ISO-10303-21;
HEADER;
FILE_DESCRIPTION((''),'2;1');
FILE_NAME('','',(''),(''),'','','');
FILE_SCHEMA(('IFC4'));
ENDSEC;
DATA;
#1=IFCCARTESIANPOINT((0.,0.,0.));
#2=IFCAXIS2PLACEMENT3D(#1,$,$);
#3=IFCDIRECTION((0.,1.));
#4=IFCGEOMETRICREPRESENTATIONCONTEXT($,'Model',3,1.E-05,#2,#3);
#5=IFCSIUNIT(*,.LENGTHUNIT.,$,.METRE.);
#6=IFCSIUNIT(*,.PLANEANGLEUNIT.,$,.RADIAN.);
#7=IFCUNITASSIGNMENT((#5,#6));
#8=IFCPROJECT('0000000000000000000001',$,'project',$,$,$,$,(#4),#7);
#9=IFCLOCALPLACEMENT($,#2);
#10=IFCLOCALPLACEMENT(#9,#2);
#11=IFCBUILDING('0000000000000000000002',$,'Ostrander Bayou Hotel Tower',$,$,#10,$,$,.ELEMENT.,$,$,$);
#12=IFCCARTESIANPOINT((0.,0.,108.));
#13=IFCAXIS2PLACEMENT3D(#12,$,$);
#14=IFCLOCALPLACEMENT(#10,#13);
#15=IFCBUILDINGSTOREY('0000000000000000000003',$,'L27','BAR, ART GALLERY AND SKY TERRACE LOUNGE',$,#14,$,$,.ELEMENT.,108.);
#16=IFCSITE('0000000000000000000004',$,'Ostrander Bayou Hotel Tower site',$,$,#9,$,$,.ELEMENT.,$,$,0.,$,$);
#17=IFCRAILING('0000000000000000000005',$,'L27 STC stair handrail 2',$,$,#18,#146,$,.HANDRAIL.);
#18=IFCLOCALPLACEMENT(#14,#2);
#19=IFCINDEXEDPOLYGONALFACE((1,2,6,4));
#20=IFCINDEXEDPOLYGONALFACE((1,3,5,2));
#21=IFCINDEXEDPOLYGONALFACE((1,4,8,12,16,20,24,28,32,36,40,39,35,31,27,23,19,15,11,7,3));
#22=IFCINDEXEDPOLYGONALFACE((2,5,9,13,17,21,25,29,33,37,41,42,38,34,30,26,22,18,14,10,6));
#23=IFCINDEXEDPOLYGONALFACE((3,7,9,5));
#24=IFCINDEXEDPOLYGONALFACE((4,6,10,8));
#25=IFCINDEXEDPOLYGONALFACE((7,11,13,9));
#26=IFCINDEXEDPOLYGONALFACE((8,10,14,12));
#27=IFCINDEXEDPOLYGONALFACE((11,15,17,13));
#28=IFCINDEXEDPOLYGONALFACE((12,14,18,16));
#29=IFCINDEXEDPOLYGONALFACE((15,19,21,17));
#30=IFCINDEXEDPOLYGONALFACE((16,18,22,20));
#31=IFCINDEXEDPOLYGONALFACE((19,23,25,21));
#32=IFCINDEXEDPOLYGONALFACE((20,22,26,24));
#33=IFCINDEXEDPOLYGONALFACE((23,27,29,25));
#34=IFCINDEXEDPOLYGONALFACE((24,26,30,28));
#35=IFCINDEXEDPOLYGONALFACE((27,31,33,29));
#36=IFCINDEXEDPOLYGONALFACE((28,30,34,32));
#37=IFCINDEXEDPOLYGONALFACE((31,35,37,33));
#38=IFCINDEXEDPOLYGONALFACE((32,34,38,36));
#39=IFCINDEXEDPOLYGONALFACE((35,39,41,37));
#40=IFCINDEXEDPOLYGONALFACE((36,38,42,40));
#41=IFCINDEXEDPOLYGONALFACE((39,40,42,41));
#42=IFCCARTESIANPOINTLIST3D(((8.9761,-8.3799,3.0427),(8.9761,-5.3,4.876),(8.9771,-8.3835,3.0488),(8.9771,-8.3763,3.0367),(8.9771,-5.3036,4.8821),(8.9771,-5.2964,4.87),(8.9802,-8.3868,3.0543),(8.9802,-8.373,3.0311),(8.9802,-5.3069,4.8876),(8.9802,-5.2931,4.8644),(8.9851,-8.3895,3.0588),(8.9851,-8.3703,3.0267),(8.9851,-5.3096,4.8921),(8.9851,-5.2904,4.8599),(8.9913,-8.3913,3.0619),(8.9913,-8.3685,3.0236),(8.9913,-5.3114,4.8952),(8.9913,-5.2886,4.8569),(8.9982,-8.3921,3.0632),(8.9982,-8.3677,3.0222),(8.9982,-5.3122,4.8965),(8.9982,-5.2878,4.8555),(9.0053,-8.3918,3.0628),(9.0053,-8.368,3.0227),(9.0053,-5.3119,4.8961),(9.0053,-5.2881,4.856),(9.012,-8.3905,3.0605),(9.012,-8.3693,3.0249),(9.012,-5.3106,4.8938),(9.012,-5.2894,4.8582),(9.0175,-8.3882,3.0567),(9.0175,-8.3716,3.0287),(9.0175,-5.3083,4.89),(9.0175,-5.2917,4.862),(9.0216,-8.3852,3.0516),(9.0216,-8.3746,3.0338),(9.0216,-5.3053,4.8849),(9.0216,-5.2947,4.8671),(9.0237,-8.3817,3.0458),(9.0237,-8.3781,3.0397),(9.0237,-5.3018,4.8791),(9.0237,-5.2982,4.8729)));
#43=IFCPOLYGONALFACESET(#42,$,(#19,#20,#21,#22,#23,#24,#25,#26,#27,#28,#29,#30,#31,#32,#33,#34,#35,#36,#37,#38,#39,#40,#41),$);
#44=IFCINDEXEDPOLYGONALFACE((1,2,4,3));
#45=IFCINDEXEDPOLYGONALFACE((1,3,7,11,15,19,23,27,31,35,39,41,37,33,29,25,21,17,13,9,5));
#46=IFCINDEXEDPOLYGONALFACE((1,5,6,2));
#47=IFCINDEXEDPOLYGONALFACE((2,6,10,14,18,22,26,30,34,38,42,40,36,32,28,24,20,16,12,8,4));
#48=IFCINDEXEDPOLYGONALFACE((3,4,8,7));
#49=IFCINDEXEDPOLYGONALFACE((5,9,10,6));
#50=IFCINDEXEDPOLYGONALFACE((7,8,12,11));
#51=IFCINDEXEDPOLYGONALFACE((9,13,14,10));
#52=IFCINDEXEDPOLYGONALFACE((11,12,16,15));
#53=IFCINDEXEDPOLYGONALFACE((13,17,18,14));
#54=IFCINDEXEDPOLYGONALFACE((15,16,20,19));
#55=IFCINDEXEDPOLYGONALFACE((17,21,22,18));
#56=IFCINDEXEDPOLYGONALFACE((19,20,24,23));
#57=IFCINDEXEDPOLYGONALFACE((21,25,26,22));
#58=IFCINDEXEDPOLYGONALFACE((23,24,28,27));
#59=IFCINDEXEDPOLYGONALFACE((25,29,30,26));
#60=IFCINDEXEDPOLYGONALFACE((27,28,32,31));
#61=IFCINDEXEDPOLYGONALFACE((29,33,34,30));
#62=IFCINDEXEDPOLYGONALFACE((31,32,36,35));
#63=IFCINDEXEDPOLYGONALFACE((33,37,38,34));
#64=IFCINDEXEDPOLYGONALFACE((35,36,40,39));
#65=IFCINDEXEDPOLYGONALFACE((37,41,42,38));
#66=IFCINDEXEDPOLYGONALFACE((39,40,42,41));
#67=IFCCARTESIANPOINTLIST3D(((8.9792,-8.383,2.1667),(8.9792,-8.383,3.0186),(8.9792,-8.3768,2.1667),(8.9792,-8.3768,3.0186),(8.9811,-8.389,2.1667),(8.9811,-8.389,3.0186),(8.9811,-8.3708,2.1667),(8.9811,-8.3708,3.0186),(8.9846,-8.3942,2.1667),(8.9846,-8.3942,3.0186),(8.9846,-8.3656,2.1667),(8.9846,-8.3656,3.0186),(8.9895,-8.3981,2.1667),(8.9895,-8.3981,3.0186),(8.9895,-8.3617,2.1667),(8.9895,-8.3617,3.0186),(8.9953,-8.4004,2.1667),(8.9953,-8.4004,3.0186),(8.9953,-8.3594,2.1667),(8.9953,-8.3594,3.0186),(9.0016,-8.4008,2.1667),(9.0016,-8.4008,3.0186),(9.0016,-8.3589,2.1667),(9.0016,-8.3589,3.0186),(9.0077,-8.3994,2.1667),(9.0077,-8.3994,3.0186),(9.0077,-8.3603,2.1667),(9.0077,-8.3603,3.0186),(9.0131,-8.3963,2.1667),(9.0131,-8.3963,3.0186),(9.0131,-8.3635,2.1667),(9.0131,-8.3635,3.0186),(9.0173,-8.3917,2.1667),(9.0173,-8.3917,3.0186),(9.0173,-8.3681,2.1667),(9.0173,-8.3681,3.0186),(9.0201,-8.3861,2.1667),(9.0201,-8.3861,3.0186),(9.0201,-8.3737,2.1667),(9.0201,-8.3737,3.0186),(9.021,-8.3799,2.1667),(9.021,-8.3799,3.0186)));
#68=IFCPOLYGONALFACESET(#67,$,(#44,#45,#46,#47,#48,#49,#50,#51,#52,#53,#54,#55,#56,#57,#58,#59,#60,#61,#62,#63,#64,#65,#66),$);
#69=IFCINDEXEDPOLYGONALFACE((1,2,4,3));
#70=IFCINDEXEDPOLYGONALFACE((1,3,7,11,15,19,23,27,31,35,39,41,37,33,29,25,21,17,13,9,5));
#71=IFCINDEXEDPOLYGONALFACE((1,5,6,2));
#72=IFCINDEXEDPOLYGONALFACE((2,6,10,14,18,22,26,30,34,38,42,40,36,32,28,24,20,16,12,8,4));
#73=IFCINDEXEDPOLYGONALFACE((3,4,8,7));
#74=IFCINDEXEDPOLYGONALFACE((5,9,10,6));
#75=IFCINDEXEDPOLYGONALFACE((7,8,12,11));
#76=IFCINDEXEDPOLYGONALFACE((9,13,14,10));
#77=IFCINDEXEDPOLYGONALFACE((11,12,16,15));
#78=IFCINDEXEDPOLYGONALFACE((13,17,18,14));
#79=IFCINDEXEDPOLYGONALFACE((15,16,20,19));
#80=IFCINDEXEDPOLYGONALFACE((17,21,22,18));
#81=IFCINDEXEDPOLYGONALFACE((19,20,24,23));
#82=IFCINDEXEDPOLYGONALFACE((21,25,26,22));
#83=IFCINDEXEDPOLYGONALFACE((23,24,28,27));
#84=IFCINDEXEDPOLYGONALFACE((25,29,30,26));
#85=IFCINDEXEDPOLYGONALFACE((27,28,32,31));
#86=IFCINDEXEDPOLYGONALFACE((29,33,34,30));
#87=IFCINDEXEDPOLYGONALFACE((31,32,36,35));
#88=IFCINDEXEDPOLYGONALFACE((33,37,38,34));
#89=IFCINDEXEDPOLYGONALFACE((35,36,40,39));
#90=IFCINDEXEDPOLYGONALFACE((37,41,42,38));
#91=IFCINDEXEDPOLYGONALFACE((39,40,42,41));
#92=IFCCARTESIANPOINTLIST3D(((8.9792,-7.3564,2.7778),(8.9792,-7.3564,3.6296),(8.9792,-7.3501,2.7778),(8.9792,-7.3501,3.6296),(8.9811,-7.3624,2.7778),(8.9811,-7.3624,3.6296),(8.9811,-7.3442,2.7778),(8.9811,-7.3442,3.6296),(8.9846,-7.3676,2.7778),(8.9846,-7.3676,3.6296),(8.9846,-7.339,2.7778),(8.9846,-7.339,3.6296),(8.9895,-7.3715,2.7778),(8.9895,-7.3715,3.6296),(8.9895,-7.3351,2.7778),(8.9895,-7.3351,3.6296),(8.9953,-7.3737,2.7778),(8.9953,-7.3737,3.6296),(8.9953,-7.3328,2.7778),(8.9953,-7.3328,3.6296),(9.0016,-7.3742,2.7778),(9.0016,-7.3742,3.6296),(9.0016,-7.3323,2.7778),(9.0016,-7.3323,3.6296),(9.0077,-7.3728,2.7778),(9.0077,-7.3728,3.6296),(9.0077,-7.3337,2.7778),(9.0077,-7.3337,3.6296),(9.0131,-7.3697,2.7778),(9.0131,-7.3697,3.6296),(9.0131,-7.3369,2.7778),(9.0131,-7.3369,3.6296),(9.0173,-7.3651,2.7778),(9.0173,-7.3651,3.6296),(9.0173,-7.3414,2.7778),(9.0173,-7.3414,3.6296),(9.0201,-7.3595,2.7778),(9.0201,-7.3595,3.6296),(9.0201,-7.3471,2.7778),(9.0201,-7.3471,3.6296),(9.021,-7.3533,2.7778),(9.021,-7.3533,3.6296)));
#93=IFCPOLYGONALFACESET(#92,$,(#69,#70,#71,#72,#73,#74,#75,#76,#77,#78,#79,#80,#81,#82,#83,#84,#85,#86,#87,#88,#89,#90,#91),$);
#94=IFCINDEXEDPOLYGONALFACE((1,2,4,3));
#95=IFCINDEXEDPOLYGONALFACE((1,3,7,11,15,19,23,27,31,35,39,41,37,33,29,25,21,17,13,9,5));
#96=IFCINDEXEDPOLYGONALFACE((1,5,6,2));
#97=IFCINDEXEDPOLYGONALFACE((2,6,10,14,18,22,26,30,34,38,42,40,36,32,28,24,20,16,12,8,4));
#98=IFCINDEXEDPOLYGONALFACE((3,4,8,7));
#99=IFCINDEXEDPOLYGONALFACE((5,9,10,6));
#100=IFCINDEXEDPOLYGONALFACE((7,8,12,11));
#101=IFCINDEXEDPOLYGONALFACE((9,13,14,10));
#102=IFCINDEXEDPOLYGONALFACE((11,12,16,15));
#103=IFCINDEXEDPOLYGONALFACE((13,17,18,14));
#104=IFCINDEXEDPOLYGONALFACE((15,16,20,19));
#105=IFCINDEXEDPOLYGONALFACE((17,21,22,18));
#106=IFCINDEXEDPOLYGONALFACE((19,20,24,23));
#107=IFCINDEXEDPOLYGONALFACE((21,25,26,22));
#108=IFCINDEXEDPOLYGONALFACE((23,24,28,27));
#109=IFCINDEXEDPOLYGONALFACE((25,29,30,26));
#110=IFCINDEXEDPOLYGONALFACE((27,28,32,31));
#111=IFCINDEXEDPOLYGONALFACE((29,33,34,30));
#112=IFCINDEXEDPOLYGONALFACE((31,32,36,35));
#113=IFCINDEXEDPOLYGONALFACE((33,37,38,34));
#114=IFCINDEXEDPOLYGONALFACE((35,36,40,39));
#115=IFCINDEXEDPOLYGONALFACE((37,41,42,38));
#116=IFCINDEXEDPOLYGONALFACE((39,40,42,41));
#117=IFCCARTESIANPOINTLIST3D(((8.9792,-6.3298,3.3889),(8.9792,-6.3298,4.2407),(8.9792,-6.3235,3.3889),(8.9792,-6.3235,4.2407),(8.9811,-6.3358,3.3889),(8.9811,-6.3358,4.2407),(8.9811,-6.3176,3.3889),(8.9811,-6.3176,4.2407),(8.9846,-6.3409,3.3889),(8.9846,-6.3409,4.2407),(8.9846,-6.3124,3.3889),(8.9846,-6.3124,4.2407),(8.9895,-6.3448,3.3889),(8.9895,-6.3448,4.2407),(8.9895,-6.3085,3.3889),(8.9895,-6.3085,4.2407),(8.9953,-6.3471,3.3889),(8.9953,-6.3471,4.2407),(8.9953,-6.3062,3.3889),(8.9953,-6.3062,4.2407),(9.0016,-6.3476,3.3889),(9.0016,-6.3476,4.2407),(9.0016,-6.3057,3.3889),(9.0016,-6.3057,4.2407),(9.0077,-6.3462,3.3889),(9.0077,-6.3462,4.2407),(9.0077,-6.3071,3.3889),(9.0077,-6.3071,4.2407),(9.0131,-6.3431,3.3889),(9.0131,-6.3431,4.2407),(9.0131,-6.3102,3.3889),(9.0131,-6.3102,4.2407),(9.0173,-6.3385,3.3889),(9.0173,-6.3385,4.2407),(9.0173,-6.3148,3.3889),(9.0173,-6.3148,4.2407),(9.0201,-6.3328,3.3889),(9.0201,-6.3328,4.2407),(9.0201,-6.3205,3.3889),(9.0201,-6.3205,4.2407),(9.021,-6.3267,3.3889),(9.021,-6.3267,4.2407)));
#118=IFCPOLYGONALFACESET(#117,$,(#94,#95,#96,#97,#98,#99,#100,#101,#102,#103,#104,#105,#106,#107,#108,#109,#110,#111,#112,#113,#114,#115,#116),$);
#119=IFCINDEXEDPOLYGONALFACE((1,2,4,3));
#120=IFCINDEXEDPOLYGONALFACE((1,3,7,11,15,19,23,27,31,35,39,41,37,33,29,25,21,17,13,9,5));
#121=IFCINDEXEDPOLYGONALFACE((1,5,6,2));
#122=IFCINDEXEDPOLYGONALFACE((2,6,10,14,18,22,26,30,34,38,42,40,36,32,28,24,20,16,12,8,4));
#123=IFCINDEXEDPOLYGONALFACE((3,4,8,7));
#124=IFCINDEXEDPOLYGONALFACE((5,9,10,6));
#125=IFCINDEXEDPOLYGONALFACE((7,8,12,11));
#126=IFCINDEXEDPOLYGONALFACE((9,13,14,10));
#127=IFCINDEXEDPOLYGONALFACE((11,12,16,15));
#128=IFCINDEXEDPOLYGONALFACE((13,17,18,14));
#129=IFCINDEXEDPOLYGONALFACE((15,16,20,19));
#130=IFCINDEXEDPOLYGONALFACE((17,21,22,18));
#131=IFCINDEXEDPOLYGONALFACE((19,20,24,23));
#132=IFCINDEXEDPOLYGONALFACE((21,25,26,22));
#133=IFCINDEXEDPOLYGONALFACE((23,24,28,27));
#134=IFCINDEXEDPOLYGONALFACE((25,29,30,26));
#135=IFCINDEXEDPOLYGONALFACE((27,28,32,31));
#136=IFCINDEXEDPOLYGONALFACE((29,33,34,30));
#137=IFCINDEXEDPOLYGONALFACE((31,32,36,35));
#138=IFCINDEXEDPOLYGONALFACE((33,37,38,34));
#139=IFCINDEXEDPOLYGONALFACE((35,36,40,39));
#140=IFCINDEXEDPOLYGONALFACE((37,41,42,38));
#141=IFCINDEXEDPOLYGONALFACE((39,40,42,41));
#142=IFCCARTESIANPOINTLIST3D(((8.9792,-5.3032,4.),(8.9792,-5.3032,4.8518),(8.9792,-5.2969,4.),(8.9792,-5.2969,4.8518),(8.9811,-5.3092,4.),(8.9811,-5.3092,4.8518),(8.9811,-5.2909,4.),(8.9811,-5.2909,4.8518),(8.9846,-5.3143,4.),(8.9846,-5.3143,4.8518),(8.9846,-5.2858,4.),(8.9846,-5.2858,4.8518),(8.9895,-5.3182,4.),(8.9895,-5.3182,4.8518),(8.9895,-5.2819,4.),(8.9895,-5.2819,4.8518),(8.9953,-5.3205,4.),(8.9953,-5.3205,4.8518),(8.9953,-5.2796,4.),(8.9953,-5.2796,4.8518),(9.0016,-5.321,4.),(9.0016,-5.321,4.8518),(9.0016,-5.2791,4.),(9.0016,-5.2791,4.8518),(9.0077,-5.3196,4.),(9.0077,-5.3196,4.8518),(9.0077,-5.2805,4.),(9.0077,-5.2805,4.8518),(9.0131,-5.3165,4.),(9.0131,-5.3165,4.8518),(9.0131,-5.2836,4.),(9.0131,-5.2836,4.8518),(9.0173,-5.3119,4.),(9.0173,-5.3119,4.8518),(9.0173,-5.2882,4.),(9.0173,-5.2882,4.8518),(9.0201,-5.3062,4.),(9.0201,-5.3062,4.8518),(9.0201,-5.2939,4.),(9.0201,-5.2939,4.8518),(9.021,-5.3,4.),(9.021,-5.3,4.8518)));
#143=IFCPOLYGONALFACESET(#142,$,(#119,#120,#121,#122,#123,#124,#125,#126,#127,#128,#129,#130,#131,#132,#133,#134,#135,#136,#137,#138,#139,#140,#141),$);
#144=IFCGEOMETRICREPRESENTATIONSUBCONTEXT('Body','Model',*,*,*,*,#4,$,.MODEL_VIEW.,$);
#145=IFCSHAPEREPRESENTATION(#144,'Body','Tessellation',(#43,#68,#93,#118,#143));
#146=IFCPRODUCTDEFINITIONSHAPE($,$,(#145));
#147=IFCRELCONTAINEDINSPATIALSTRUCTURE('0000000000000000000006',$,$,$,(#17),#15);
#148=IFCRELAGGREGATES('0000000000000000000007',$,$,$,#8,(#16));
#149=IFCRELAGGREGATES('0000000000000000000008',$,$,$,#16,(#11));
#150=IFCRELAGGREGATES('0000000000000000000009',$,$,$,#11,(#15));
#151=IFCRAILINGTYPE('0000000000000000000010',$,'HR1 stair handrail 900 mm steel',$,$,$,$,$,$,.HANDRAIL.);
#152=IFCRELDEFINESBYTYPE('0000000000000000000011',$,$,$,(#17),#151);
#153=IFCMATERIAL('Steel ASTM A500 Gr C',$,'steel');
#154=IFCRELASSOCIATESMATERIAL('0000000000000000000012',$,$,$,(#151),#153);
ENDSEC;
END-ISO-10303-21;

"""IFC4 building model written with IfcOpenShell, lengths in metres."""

from ifc_helpers import new_model, si_unit, direction, frame, origin, origin_2d, place, context, subcontext, project, spatial, circle, extrude, material, type_object, element, save


model = new_model("IFC4")

# Units and contexts
model_context = context("Model", 3, precision=1e-05, world=origin(), true_north=direction((0.0, 1.0)))
body_context = subcontext(model_context, "Body", "Model", "MODEL_VIEW")
ifc_project = project(units=[si_unit("LENGTHUNIT", "METRE"), si_unit("PLANEANGLEUNIT", "RADIAN")], contexts=[model_context])

# Site, building, storey
site_placement = place(None, origin())
site = spatial("IfcSite", under=ifc_project, at=site_placement, Name="Ostrander Bayou Hotel Tower site", CompositionType="ELEMENT", RefElevation=0.0)
building_placement = place(site_placement, origin())
building = spatial("IfcBuilding", under=site, at=building_placement, Name="Ostrander Bayou Hotel Tower", CompositionType="ELEMENT")
storey_placement = place(building_placement, frame((0.0, 0.0, 108.0)))
storey = spatial("IfcBuildingStorey", under=building, at=storey_placement, Name="L27", Description="BAR, ART GALLERY AND SKY TERRACE LOUNGE", CompositionType="ELEMENT", Elevation=108.0)

# Railing
ifc_material_1 = material(Name="Steel ASTM A500 Gr C", Category="steel")
railing_type_1 = type_object("IfcRailingType", Name="HR1 stair handrail 900 mm steel", PredefinedType="HANDRAIL", material=ifc_material_1)
for number, where, name in (
    (1, (9.0, -8.3799, 2.1667), "L27 STC stair handrail 2"),
):
    element("IfcRailing", number, at=place(storey_placement, frame(where)), inside=storey, type_object=railing_type_1, Name=name, PredefinedType="HANDRAIL", context=body_context, shape_type="SweptSolid", body=[
        extrude(circle(Radius=0.0239, at=origin_2d()), frame((0.0, 0.0, 0.876), z_axis=(0.0, 0.859291, 0.511487), x_axis=(-1.0, 0.0, 0.0)), (0.0, 0.0, 1.0), 3.5842),
        extrude(circle(Radius=0.021, at=origin_2d()), origin(), (0.0, 0.0, 1.0), 0.8518),
        extrude(circle(Radius=0.021, at=origin_2d()), frame((0.0, 1.0266, 0.6111)), (0.0, 0.0, 1.0), 0.8518),
        extrude(circle(Radius=0.021, at=origin_2d()), frame((0.0, 2.0532, 1.2222)), (0.0, 0.0, 1.0), 0.8518),
        extrude(circle(Radius=0.021, at=origin_2d()), frame((0.0, 3.0798, 1.8333)), (0.0, 0.0, 1.0), 0.8518),
    ])

save(model, "model.ifc")
